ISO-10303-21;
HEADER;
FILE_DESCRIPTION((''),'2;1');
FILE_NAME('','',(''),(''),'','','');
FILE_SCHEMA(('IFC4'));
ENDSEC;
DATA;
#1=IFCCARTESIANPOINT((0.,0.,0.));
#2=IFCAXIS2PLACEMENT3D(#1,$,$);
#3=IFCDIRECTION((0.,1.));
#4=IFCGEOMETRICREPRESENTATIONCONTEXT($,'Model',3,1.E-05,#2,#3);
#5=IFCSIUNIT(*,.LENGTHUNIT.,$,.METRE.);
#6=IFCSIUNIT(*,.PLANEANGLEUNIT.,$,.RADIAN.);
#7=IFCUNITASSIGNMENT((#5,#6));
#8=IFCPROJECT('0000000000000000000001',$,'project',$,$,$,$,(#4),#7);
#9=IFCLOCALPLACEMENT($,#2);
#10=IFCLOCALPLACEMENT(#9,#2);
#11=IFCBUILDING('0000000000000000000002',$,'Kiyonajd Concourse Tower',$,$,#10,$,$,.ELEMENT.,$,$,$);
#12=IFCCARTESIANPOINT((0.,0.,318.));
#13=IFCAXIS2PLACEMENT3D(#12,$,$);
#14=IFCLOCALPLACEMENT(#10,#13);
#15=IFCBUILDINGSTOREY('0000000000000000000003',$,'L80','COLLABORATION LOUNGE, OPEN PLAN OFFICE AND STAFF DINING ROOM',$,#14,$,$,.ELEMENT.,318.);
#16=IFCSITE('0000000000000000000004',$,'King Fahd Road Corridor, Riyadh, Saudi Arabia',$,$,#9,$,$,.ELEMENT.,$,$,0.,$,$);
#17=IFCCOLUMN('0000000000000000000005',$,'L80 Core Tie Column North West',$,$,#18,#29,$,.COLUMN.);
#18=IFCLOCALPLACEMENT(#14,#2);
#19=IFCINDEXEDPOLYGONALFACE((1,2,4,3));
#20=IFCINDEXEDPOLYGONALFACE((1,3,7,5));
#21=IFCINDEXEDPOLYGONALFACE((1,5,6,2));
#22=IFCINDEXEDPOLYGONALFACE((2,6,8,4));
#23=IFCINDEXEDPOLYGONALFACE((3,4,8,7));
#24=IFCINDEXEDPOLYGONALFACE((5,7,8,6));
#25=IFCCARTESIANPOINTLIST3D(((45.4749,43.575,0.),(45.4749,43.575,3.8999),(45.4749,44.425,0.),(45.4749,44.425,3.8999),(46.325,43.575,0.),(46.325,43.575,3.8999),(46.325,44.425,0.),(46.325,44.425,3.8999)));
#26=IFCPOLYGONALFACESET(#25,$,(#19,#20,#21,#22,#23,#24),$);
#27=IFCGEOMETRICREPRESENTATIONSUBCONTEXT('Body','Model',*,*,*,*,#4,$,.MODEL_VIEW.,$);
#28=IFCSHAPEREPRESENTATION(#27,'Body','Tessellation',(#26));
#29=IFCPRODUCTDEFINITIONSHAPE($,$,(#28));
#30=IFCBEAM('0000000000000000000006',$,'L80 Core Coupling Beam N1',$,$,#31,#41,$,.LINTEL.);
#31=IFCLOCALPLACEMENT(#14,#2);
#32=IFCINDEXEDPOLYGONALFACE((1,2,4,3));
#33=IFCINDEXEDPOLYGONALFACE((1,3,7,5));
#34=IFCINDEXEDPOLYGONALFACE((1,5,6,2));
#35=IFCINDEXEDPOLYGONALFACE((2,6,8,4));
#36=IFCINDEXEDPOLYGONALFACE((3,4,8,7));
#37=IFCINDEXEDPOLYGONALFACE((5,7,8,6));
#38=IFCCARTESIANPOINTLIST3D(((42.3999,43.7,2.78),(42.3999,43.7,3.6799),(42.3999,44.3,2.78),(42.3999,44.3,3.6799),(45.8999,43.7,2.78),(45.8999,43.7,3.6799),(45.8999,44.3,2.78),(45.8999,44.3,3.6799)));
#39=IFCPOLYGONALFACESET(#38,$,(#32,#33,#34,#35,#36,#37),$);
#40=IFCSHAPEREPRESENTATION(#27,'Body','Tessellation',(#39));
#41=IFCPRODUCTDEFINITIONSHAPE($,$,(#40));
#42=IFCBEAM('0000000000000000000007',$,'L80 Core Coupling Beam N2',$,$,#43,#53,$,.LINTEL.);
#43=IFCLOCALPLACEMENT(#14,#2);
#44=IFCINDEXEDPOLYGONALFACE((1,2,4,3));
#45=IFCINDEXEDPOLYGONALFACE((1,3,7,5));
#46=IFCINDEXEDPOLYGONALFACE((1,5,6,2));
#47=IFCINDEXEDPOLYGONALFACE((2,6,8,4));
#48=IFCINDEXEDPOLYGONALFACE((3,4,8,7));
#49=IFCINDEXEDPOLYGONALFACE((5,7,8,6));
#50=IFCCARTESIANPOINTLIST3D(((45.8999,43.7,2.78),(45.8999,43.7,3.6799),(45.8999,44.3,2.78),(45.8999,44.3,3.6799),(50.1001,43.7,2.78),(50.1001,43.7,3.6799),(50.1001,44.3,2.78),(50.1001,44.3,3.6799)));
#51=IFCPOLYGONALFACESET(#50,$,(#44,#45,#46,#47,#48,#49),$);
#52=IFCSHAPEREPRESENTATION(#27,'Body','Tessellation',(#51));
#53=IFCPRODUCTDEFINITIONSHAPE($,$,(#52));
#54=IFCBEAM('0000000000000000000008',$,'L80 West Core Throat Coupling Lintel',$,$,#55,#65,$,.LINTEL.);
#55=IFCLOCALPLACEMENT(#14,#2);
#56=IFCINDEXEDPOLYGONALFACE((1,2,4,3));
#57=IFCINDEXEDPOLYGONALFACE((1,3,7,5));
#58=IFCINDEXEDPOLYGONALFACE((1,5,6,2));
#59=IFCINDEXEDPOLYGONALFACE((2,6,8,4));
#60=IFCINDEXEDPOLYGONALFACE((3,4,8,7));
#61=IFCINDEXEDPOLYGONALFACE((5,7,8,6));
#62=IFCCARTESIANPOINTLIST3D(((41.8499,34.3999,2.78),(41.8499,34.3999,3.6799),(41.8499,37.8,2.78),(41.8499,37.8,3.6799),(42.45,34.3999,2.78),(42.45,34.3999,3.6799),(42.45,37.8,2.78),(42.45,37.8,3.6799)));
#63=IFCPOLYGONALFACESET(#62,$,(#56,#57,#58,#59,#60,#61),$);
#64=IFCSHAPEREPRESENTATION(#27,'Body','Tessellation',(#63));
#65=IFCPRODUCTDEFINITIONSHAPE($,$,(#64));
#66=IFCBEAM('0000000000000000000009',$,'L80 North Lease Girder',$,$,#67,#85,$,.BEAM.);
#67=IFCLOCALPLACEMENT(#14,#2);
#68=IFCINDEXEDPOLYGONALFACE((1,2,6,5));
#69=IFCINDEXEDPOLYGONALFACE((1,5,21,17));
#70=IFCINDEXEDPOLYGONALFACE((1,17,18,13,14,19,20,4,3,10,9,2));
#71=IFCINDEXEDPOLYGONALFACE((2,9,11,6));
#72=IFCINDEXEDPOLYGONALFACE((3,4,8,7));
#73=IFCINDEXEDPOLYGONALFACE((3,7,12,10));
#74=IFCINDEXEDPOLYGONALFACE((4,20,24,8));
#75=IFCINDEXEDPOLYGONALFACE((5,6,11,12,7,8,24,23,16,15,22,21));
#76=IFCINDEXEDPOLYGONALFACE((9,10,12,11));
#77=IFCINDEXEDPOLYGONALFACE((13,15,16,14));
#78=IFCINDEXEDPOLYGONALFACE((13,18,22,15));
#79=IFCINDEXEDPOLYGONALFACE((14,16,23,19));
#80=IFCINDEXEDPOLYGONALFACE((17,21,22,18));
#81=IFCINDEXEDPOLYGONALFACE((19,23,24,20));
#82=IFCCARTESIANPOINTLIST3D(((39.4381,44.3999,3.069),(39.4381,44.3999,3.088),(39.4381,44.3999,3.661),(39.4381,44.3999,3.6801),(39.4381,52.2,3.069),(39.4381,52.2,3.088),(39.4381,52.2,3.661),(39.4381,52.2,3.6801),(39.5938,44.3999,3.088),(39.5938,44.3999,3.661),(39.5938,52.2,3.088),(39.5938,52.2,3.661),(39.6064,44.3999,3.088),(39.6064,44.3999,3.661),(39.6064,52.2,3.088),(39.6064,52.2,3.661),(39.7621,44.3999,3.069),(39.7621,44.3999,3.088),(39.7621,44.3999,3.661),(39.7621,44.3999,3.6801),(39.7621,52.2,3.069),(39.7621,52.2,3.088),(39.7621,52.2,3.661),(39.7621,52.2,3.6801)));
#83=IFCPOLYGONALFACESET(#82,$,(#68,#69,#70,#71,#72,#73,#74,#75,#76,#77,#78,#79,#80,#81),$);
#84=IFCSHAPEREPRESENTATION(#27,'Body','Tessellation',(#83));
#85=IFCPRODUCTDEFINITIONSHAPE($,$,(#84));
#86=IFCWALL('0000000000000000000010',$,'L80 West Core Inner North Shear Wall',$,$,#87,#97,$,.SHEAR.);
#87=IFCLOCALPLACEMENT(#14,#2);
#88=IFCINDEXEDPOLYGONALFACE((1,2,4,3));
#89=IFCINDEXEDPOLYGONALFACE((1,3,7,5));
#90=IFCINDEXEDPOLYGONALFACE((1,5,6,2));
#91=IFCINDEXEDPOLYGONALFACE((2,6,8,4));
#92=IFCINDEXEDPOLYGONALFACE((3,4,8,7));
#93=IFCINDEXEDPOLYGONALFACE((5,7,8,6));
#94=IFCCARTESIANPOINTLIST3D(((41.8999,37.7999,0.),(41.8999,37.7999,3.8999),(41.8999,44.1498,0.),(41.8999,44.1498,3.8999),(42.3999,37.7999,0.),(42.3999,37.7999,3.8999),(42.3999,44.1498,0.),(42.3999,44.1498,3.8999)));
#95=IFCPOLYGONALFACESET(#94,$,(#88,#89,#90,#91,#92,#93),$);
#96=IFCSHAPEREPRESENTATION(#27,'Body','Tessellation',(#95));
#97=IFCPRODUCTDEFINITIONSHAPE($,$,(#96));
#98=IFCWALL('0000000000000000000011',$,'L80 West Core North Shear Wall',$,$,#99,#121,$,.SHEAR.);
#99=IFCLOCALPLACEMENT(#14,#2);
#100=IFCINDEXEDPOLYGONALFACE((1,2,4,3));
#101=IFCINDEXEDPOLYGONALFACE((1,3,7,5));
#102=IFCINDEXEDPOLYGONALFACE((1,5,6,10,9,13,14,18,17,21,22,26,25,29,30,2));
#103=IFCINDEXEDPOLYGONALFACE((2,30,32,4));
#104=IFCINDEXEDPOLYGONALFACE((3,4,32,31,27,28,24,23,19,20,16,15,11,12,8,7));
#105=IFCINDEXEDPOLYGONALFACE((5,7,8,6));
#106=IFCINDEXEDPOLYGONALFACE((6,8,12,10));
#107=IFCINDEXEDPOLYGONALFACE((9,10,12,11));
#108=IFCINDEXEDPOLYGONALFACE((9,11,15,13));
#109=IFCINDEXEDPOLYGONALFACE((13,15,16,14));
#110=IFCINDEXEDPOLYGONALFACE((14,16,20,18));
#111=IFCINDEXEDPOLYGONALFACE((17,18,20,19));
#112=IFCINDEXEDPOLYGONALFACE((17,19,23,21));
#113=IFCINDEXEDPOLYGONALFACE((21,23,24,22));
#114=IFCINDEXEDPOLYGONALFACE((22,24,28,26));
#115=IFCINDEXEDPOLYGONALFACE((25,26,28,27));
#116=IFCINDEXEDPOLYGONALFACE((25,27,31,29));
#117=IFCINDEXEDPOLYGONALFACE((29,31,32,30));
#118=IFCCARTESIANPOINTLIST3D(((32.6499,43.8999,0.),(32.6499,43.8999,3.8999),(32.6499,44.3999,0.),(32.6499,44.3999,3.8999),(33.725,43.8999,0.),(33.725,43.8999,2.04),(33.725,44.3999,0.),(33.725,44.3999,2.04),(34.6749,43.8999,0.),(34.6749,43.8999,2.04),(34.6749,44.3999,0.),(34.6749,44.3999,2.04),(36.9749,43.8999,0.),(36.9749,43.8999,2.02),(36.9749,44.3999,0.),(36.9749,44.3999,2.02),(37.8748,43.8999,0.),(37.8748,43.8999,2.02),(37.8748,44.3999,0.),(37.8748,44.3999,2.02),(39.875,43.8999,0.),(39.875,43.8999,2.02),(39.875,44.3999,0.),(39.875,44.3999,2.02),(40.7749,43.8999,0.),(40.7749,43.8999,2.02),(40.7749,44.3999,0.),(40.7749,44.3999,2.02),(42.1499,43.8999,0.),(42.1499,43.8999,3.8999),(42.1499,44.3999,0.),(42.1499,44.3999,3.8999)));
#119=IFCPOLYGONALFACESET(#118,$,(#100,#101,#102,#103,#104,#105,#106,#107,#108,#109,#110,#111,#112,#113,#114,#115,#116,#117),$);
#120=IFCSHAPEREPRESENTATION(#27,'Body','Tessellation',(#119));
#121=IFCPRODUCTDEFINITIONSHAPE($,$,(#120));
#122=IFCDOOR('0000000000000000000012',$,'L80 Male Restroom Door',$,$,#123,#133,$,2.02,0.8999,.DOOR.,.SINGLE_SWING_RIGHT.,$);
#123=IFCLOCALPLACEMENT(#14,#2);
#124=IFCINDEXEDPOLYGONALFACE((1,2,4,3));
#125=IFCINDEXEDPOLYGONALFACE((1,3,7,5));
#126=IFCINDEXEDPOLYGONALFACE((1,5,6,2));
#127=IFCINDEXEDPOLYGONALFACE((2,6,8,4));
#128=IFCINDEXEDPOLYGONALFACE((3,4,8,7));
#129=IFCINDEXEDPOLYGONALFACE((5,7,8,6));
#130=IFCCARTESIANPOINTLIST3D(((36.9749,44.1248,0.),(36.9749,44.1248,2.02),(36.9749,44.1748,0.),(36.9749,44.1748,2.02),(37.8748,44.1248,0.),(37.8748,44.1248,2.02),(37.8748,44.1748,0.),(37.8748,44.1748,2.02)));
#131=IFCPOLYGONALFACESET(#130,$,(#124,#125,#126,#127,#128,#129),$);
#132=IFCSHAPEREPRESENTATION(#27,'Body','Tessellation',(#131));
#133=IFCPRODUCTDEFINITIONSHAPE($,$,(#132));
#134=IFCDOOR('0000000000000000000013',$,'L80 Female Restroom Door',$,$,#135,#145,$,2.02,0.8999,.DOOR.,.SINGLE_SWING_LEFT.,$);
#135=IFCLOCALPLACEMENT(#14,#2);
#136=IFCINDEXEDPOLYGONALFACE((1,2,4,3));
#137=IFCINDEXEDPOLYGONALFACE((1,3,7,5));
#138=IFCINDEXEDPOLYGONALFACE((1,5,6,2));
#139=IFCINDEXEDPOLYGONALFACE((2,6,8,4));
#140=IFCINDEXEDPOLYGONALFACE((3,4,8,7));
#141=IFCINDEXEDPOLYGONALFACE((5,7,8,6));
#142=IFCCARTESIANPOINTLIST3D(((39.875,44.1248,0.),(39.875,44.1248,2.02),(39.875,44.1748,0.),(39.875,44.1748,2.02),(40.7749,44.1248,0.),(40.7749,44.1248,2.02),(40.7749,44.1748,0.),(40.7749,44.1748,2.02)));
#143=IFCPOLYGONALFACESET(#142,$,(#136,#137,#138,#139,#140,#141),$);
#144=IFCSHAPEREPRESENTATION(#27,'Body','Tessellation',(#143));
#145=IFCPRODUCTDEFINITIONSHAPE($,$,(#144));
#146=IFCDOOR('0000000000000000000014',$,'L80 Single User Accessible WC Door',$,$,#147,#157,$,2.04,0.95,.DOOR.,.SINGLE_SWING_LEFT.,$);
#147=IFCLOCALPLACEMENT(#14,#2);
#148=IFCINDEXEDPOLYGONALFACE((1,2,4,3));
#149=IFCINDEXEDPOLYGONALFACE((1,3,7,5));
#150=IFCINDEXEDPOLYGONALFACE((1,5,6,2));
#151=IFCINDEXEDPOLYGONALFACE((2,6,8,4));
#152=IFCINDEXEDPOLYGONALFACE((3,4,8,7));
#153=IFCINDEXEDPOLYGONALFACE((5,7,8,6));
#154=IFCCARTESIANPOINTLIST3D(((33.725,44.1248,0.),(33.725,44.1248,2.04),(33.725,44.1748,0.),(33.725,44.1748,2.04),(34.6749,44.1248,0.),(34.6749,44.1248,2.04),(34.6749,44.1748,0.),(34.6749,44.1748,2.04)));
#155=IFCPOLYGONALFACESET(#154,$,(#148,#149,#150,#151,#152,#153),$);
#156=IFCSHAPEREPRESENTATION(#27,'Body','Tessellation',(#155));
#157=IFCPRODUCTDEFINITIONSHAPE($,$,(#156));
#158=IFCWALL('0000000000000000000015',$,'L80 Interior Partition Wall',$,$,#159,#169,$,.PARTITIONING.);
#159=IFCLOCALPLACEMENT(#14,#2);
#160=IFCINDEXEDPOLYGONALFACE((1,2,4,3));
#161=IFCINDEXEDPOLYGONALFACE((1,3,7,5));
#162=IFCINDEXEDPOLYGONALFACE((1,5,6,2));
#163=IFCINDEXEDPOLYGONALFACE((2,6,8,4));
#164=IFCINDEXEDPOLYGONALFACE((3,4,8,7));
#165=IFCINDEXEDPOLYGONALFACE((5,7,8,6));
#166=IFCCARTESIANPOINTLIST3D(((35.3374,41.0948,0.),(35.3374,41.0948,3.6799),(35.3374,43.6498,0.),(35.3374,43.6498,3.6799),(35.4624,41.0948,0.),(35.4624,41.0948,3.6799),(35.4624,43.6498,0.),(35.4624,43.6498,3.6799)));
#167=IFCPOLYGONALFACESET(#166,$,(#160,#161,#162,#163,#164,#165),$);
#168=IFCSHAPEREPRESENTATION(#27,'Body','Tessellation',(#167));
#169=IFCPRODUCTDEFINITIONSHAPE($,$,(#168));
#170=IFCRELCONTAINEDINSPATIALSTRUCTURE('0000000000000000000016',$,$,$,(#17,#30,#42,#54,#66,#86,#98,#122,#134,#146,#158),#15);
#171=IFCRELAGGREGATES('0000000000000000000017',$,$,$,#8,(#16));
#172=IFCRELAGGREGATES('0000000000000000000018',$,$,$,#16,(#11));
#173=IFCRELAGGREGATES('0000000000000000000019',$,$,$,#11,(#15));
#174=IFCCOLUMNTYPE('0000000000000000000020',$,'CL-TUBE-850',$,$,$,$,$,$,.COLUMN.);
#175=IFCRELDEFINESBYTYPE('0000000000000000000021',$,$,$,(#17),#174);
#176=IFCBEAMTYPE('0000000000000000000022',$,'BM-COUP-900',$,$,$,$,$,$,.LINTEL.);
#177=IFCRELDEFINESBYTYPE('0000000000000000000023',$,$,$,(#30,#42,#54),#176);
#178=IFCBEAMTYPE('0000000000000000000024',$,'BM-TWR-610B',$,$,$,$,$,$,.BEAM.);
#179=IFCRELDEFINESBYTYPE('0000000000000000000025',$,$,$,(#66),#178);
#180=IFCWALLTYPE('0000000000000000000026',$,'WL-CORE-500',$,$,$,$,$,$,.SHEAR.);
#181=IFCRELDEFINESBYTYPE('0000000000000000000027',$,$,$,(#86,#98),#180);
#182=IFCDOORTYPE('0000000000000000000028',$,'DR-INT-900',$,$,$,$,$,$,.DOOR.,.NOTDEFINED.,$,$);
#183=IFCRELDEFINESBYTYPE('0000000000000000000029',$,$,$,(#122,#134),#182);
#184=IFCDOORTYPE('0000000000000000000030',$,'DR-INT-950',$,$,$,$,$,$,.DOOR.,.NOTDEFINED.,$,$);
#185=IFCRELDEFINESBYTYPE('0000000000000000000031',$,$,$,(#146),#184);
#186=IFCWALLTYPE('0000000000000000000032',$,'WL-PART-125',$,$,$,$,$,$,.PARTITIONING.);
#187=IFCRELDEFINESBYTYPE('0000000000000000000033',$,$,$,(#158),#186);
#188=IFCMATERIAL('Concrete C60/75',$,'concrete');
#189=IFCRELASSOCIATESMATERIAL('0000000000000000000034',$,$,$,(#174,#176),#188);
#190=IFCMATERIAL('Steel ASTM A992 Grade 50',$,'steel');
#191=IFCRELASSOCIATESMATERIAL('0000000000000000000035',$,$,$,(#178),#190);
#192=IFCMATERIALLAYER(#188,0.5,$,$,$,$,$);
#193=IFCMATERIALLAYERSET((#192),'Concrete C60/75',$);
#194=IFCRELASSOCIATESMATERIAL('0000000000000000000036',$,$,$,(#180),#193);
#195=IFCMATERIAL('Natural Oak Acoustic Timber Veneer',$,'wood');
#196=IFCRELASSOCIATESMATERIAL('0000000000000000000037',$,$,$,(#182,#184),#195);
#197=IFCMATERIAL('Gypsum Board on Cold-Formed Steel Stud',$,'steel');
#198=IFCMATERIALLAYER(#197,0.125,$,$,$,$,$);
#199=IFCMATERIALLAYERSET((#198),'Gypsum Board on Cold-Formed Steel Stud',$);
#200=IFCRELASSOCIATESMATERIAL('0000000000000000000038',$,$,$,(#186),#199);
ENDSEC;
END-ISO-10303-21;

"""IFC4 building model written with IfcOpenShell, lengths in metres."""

from ifc_helpers import new_model, si_unit, direction, frame, frame_2d, origin, origin_2d, place, context, subcontext, project, spatial, rectangle, i_section, extrude, material, layer, layer_set, material_profile, profile_set, type_object, element, fill, save


model = new_model("IFC4")

# Units and contexts
model_context = context("Model", 3, precision=1e-05, world=origin(), true_north=direction((0.0, 1.0)))
body_context = subcontext(model_context, "Body", "Model", "MODEL_VIEW")
ifc_project = project(units=[si_unit("LENGTHUNIT", "METRE"), si_unit("PLANEANGLEUNIT", "RADIAN")], contexts=[model_context])

# Site, building, storey
site_placement = place(None, origin())
site = spatial("IfcSite", under=ifc_project, at=site_placement, Name="King Fahd Road Corridor, Riyadh, Saudi Arabia", CompositionType="ELEMENT", RefElevation=0.0)
building_placement = place(site_placement, origin())
building = spatial("IfcBuilding", under=site, at=building_placement, Name="Kiyonajd Concourse Tower", CompositionType="ELEMENT")
storey_placement = place(building_placement, frame((0.0, 0.0, 318.0)))
storey = spatial("IfcBuildingStorey", under=building, at=storey_placement, Name="L80", Description="COLLABORATION LOUNGE, OPEN PLAN OFFICE AND STAFF DINING ROOM", CompositionType="ELEMENT", Elevation=318.0)

# Column
ifc_material_1 = material(Name="Concrete C60/75", Category="concrete")
ifc_material_profile_1 = material_profile(ifc_material_1, rectangle(XDim=0.8501, YDim=0.8501, at=origin_2d()), Name="RC-850x850")
ifc_profile_set_1 = profile_set([ifc_material_profile_1], Name="Concrete C60/75")
column_type = type_object("IfcColumnType", Name="CL-TUBE-850", PredefinedType="COLUMN", material=ifc_profile_set_1)
column_placement = place(storey_placement, frame((45.8999, 44.0, 0.0), z_axis=(0.0, 0.0, 1.0), x_axis=(1.0, 0.0, 0.0)))
element("IfcColumn", 1, at=column_placement, inside=storey, type_object=column_type, Name="L80 Core Tie Column North West", PredefinedType="COLUMN", context=body_context, shape_type="SweptSolid", body=[
    extrude(rectangle(XDim=0.8501, YDim=0.8501, at=origin_2d()), origin(), (0.0, 0.0, 1.0), 3.8999),
])

# Beams
ifc_material_profile_2 = material_profile(ifc_material_1, rectangle(XDim=0.6001, YDim=0.8999, at=origin_2d()), Name="RCBM-600x900")
ifc_profile_set_2 = profile_set([ifc_material_profile_2], Name="Concrete C60/75")
beam_type_1 = type_object("IfcBeamType", Name="BM-COUP-900", PredefinedType="LINTEL", material=ifc_profile_set_2)
beam_1_placement = place(storey_placement, frame((42.3999, 44.0, 3.23), z_axis=(1.0, 0.0, 0.0), x_axis=(0.0, 1.0, 0.0)))
element("IfcBeam", 2, at=beam_1_placement, inside=storey, type_object=beam_type_1, Name="L80 Core Coupling Beam N1", PredefinedType="LINTEL", context=body_context, shape_type="SweptSolid", body=[
    extrude(rectangle(XDim=0.6001, YDim=0.8999, at=origin_2d()), origin(), (0.0, 0.0, 1.0), 3.5),
])
beam_2_placement = place(storey_placement, frame((45.8999, 44.0, 3.23), z_axis=(1.0, 0.0, 0.0), x_axis=(0.0, 1.0, 0.0)))
element("IfcBeam", 3, at=beam_2_placement, inside=storey, type_object=beam_type_1, Name="L80 Core Coupling Beam N2", PredefinedType="LINTEL", context=body_context, shape_type="SweptSolid", body=[
    extrude(rectangle(XDim=0.6001, YDim=0.8999, at=origin_2d()), origin(), (0.0, 0.0, 1.0), 4.2002),
])
beam_3_placement = place(storey_placement, frame((42.1499, 34.3999, 3.23), z_axis=(0.0, 1.0, 0.0), x_axis=(-1.0, 0.0, 0.0)))
element("IfcBeam", 4, at=beam_3_placement, inside=storey, type_object=beam_type_1, Name="L80 West Core Throat Coupling Lintel", PredefinedType="LINTEL", context=body_context, shape_type="SweptSolid", body=[
    extrude(rectangle(XDim=0.6001, YDim=0.8999, at=origin_2d()), origin(), (0.0, 0.0, 1.0), 3.4001),
])
ifc_material_2 = material(Name="Steel ASTM A992 Grade 50", Category="steel")
ifc_material_profile_3 = material_profile(ifc_material_2, i_section(OverallWidth=0.324, OverallDepth=0.6111, WebThickness=0.0127, FlangeThickness=0.019, at=origin_2d()), Name="W610X155")
ifc_profile_set_3 = profile_set([ifc_material_profile_3], Name="Steel ASTM A992 Grade 50")
beam_type_2 = type_object("IfcBeamType", Name="BM-TWR-610B", PredefinedType="BEAM", material=ifc_profile_set_3)
beam_4_placement = place(storey_placement, frame((39.6001, 44.3999, 3.3745), z_axis=(0.0, 1.0, 0.0), x_axis=(-1.0, 0.0, 0.0)))
element("IfcBeam", 5, at=beam_4_placement, inside=storey, type_object=beam_type_2, Name="L80 North Lease Girder", PredefinedType="BEAM", context=body_context, shape_type="SweptSolid", body=[
    extrude(i_section(OverallWidth=0.324, OverallDepth=0.6111, WebThickness=0.0127, FlangeThickness=0.019, at=origin_2d()), origin(), (0.0, 0.0, 1.0), 7.8),
])

# Wall
ifc_layer_1 = layer(ifc_material_1, 0.5)
ifc_layer_set_1 = layer_set([ifc_layer_1], Name="Concrete C60/75")
wall_type_1 = type_object("IfcWallType", Name="WL-CORE-500", PredefinedType="SHEAR", material=ifc_layer_set_1)
wall_1_placement = place(storey_placement, frame((42.1499, 37.8, 0.0), z_axis=(0.0, 0.0, 1.0), x_axis=(0.0, 1.0, 0.0)))
element("IfcWall", 6, at=wall_1_placement, inside=storey, type_object=wall_type_1, Name="L80 West Core Inner North Shear Wall", PredefinedType="SHEAR", context=body_context, shape_type="SweptSolid", body=[
    extrude(rectangle(XDim=6.3499, YDim=0.5, at=frame_2d((3.1748, 0.0))), origin(), (0.0, 0.0, 1.0), 3.8999),
])

# Wall, openings, doors
wall_2_placement = place(storey_placement, frame((32.6499, 44.1499, 0.0), z_axis=(0.0, 0.0, 1.0), x_axis=(1.0, 0.0, 0.0)))
wall_2 = element("IfcWall", 7, at=wall_2_placement, inside=storey, type_object=wall_type_1, Name="L80 West Core North Shear Wall", PredefinedType="SHEAR", context=body_context, shape_type="SweptSolid", body=[
    extrude(rectangle(XDim=9.5, YDim=0.5, at=frame_2d((4.75, 0.0))), origin(), (0.0, 0.0, 1.0), 3.8999),
])
opening_1_placement = place(wall_2_placement, frame((1.075, 0.0, 0.0)))
opening_1 = element("IfcOpeningElement", 8, at=opening_1_placement, cuts=wall_2, PredefinedType="OPENING", context=body_context, shape_type="SweptSolid", body=[
    extrude(rectangle(XDim=0.95, YDim=2.04, at=frame_2d((0.4751, 1.02))), frame((0.0, 0.26, 0.0), z_axis=(0.0, -1.0, 0.0), x_axis=(1.0, 0.0, 0.0)), (0.0, 0.0, 1.0), 0.52),
])
opening_2_placement = place(wall_2_placement, frame((4.325, 0.0, 0.0)))
opening_2 = element("IfcOpeningElement", 9, at=opening_2_placement, cuts=wall_2, PredefinedType="OPENING", context=body_context, shape_type="SweptSolid", body=[
    extrude(rectangle(XDim=0.8999, YDim=2.02, at=frame_2d((0.45, 1.01))), frame((0.0, 0.26, 0.0), z_axis=(0.0, -1.0, 0.0), x_axis=(1.0, 0.0, 0.0)), (0.0, 0.0, 1.0), 0.52),
])
opening_3_placement = place(wall_2_placement, frame((7.2251, 0.0, 0.0)))
opening_3 = element("IfcOpeningElement", 10, at=opening_3_placement, cuts=wall_2, PredefinedType="OPENING", context=body_context, shape_type="SweptSolid", body=[
    extrude(rectangle(XDim=0.8999, YDim=2.02, at=frame_2d((0.45, 1.01))), frame((0.0, 0.26, 0.0), z_axis=(0.0, -1.0, 0.0), x_axis=(1.0, 0.0, 0.0)), (0.0, 0.0, 1.0), 0.52),
])
ifc_material_3 = material(Name="Natural Oak Acoustic Timber Veneer", Category="wood")
door_type_1 = type_object("IfcDoorType", Name="DR-INT-900", OperationType="NOTDEFINED", PredefinedType="DOOR", material=ifc_material_3)
door_1_placement = place(opening_2_placement, origin())
door_1 = element("IfcDoor", 11, at=door_1_placement, inside=storey, type_object=door_type_1, Name="L80 Male Restroom Door", OperationType="SINGLE_SWING_RIGHT", OverallHeight=2.02, OverallWidth=0.8999, PredefinedType="DOOR", context=body_context, shape_type="SweptSolid", body=[
    extrude(rectangle(XDim=0.8999, YDim=2.02, at=frame_2d((0.45, 1.01))), frame((0.0, 0.0249, 0.0), z_axis=(0.0, -1.0, 0.0), x_axis=(1.0, 0.0, 0.0)), (0.0, 0.0, 1.0), 0.05),
])
fill(opening_2, door_1)
door_2_placement = place(opening_3_placement, origin())
door_2 = element("IfcDoor", 12, at=door_2_placement, inside=storey, type_object=door_type_1, Name="L80 Female Restroom Door", OperationType="SINGLE_SWING_LEFT", OverallHeight=2.02, OverallWidth=0.8999, PredefinedType="DOOR", context=body_context, shape_type="SweptSolid", body=[
    extrude(rectangle(XDim=0.8999, YDim=2.02, at=frame_2d((0.45, 1.01))), frame((0.0, 0.0249, 0.0), z_axis=(0.0, -1.0, 0.0), x_axis=(1.0, 0.0, 0.0)), (0.0, 0.0, 1.0), 0.05),
])
fill(opening_3, door_2)
door_type_2 = type_object("IfcDoorType", Name="DR-INT-950", OperationType="NOTDEFINED", PredefinedType="DOOR", material=ifc_material_3)
door_3_placement = place(opening_1_placement, origin())
door_3 = element("IfcDoor", 13, at=door_3_placement, inside=storey, type_object=door_type_2, Name="L80 Single User Accessible WC Door", OperationType="SINGLE_SWING_LEFT", OverallHeight=2.04, OverallWidth=0.95, PredefinedType="DOOR", context=body_context, shape_type="SweptSolid", body=[
    extrude(rectangle(XDim=0.95, YDim=2.04, at=frame_2d((0.4751, 1.02))), frame((0.0, 0.0249, 0.0), z_axis=(0.0, -1.0, 0.0), x_axis=(1.0, 0.0, 0.0)), (0.0, 0.0, 1.0), 0.05),
])
fill(opening_1, door_3)

# Wall
ifc_material_4 = material(Name="Gypsum Board on Cold-Formed Steel Stud", Category="steel")
ifc_layer_2 = layer(ifc_material_4, 0.125)
ifc_layer_set_2 = layer_set([ifc_layer_2], Name="Gypsum Board on Cold-Formed Steel Stud")
wall_type_2 = type_object("IfcWallType", Name="WL-PART-125", PredefinedType="PARTITIONING", material=ifc_layer_set_2)
for number, where, z_axis, x_axis, name in (
    (14, (35.3999, 41.095, 0.0), (0.0, 0.0, 1.0), (0.0, 1.0, 0.0), "L80 Interior Partition Wall"),
):
    element("IfcWall", number, at=place(storey_placement, frame(where, z_axis=z_axis, x_axis=x_axis)), inside=storey, type_object=wall_type_2, Name=name, PredefinedType="PARTITIONING", context=body_context, shape_type="SweptSolid", body=[
        extrude(rectangle(XDim=2.5549, YDim=0.125, at=frame_2d((1.2773, 0.0))), origin(), (0.0, 0.0, 1.0), 3.6799),
    ])

save(model, "model.ifc")
